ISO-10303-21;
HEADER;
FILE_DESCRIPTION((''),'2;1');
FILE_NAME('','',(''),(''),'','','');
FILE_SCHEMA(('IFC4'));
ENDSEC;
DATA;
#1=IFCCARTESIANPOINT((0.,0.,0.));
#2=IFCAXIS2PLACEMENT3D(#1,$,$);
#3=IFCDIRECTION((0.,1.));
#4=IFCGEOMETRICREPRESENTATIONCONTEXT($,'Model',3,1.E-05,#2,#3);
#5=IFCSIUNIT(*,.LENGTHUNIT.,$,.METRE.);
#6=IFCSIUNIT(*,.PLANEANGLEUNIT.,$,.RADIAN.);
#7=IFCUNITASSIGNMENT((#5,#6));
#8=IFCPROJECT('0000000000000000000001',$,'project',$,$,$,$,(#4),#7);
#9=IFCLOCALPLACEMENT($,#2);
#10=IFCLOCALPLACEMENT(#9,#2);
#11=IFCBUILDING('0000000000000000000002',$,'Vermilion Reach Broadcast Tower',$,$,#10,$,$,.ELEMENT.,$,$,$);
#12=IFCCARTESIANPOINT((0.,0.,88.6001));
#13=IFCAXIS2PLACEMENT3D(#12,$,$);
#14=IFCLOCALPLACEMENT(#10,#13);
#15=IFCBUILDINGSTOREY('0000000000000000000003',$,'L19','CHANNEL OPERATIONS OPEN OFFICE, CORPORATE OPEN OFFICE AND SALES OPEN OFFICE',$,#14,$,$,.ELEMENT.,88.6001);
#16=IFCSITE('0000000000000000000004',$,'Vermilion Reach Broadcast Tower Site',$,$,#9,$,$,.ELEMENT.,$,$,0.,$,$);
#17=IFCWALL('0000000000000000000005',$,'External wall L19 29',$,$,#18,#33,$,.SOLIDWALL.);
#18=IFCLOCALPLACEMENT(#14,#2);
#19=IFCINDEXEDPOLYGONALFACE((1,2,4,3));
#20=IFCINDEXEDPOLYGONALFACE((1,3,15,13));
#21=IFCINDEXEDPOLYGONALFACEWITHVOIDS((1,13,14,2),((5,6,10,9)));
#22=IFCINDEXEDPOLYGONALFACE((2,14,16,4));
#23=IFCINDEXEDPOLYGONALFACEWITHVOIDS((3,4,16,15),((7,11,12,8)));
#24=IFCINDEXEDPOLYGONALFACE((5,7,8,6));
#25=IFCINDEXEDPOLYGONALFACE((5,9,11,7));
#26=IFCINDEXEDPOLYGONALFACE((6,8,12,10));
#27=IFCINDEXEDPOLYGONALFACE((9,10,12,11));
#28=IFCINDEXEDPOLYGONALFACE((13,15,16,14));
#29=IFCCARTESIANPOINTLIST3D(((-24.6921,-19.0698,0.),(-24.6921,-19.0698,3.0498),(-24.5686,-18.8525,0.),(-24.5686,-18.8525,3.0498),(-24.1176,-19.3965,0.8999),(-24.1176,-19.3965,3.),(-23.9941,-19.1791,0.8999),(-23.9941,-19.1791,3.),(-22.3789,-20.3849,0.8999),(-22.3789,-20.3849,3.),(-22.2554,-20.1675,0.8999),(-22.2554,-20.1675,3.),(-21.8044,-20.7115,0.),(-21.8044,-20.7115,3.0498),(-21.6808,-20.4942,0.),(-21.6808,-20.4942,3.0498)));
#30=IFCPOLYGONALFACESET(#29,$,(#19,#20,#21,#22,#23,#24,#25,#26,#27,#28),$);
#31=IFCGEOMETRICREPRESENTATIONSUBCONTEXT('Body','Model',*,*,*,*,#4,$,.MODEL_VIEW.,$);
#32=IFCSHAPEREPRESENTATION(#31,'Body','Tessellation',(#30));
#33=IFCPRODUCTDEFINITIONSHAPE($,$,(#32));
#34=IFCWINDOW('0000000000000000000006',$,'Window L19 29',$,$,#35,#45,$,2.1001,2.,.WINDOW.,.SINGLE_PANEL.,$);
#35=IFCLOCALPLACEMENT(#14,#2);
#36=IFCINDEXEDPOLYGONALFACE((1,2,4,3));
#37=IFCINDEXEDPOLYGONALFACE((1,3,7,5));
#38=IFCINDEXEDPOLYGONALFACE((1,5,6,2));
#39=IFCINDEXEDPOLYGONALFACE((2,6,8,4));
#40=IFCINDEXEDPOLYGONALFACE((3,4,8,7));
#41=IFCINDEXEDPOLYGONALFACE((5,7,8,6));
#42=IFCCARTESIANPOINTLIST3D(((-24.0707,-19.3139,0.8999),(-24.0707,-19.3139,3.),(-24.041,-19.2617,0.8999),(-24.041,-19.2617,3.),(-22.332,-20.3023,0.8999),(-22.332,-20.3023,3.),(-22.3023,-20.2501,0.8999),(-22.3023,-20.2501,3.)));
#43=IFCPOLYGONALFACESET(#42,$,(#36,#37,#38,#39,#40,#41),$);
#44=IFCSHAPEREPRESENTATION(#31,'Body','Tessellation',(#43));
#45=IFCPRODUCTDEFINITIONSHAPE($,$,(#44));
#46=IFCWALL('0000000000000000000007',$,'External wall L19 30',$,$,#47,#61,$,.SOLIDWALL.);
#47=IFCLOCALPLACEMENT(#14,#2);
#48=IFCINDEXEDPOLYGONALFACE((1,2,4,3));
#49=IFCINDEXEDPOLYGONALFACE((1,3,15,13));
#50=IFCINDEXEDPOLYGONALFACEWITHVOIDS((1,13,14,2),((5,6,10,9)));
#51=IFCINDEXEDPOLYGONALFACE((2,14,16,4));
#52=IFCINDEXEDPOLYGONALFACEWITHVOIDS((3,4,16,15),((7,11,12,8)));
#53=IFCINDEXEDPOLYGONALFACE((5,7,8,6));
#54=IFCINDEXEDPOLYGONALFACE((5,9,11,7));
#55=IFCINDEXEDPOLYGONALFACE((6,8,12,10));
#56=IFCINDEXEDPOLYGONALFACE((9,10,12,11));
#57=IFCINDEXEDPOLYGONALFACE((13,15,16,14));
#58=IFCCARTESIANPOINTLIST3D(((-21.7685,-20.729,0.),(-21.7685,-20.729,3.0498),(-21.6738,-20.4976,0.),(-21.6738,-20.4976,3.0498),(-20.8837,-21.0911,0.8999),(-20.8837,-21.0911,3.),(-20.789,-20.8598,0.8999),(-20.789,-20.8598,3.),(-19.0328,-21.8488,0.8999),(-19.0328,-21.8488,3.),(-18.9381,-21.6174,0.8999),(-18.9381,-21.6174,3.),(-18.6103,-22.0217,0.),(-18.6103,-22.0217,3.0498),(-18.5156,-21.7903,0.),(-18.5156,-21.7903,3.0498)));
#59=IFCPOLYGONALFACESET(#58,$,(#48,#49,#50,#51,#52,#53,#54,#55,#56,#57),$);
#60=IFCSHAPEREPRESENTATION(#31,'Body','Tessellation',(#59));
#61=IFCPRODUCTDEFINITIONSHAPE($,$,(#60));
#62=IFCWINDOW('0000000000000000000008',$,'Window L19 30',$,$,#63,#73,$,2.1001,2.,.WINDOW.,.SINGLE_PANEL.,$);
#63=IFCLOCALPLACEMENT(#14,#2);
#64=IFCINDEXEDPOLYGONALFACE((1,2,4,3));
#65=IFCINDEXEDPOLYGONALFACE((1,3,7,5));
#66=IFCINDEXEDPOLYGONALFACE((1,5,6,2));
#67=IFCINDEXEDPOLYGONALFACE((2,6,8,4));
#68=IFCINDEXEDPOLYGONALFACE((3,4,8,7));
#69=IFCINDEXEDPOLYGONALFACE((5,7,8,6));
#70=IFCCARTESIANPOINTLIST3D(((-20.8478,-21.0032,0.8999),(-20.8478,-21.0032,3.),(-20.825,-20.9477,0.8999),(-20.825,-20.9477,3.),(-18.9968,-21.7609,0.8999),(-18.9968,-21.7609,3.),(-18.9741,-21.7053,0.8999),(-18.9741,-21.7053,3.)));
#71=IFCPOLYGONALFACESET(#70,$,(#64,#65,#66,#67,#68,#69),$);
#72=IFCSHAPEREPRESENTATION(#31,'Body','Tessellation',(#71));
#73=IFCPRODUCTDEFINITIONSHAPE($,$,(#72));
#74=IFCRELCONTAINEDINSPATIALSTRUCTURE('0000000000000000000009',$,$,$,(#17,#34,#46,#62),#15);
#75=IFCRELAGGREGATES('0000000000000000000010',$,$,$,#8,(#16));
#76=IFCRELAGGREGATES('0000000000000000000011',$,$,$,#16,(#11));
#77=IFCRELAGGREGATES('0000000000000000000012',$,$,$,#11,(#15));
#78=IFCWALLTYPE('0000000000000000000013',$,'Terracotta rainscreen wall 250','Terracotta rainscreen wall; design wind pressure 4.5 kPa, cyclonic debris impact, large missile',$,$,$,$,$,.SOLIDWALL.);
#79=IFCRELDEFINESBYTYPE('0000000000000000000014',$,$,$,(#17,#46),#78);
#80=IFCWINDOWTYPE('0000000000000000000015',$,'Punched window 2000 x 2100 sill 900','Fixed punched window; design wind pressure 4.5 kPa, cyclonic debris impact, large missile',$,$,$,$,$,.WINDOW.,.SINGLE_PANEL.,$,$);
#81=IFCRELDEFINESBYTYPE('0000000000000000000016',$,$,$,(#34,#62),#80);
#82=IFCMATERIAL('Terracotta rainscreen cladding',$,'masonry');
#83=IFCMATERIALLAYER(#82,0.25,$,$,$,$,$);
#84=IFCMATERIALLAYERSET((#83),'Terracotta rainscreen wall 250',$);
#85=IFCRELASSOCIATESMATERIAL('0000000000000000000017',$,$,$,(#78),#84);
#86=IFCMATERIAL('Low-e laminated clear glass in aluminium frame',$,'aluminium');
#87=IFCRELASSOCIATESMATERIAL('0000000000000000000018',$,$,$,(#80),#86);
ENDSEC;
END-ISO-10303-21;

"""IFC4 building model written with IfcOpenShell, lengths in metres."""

from ifc_helpers import new_model, si_unit, direction, frame, frame_2d, origin, place, context, subcontext, project, spatial, rectangle, extrude, material, layer, layer_set, type_object, element, fill, save


model = new_model("IFC4")

# Units and contexts
model_context = context("Model", 3, precision=1e-05, world=origin(), true_north=direction((0.0, 1.0)))
body_context = subcontext(model_context, "Body", "Model", "MODEL_VIEW")
ifc_project = project(units=[si_unit("LENGTHUNIT", "METRE"), si_unit("PLANEANGLEUNIT", "RADIAN")], contexts=[model_context])

# Site, building, storey
site_placement = place(None, origin())
site = spatial("IfcSite", under=ifc_project, at=site_placement, Name="Vermilion Reach Broadcast Tower Site", CompositionType="ELEMENT", RefElevation=0.0)
building_placement = place(site_placement, origin())
building = spatial("IfcBuilding", under=site, at=building_placement, Name="Vermilion Reach Broadcast Tower", CompositionType="ELEMENT")
storey_placement = place(building_placement, frame((0.0, 0.0, 88.6001)))
storey = spatial("IfcBuildingStorey", under=building, at=storey_placement, Name="L19", Description="CHANNEL OPERATIONS OPEN OFFICE, CORPORATE OPEN OFFICE AND SALES OPEN OFFICE", CompositionType="ELEMENT", Elevation=88.6001)

# Shared definitions
ifc_material_1 = material(Name="Terracotta rainscreen cladding", Category="masonry")
ifc_layer_1 = layer(ifc_material_1, 0.25)
ifc_layer_set_1 = layer_set([ifc_layer_1], Name="Terracotta rainscreen wall 250")
wall_type = type_object("IfcWallType", Name="Terracotta rainscreen wall 250", Description="Terracotta rainscreen wall; design wind pressure 4.5 kPa, cyclonic debris impact, large missile", PredefinedType="SOLIDWALL", material=ifc_layer_set_1)

# Shared definitions
ifc_material_2 = material(Name="Low-e laminated clear glass in aluminium frame", Category="aluminium")
window_type = type_object("IfcWindowType", Name="Punched window 2000 x 2100 sill 900", Description="Fixed punched window; design wind pressure 4.5 kPa, cyclonic debris impact, large missile", PartitioningType="SINGLE_PANEL", PredefinedType="WINDOW", material=ifc_material_2)

# Walls, openings, windows
wall_1_placement = place(storey_placement, frame((-24.6304, -18.9612, 0.0), z_axis=(0.0, 0.0, 1.0), x_axis=(0.869345, -0.494206, 0.0)))
wall_1 = element("IfcWall", 1, at=wall_1_placement, inside=storey, type_object=wall_type, Name="External wall L19 29", PredefinedType="SOLIDWALL", context=body_context, shape_type="SweptSolid", body=[
    extrude(rectangle(XDim=3.3218, YDim=0.25, at=frame_2d((1.6609, 0.0))), origin(), (0.0, 0.0, 1.0), 3.0498),
])
opening_1_placement = place(wall_1_placement, frame((0.6609, 0.0, 0.8999)))
opening_1 = element("IfcOpeningElement", 2, at=opening_1_placement, cuts=wall_1, PredefinedType="OPENING", context=body_context, shape_type="SweptSolid", body=[
    extrude(rectangle(XDim=2.0, YDim=2.1001, at=frame_2d((1.0, 1.05))), frame((0.0, 0.135, 0.0), z_axis=(0.0, -1.0, 0.0), x_axis=(1.0, 0.0, 0.0)), (0.0, 0.0, 1.0), 0.27),
])
window_1_placement = place(opening_1_placement, origin())
window_1 = element("IfcWindow", 3, at=window_1_placement, inside=storey, type_object=window_type, Name="Window L19 29", OverallHeight=2.1001, OverallWidth=2.0, PartitioningType="SINGLE_PANEL", PredefinedType="WINDOW", context=body_context, shape_type="SweptSolid", body=[
    extrude(rectangle(XDim=2.0, YDim=2.1001, at=frame_2d((1.0, 1.05))), frame((0.0, 0.03, 0.0), z_axis=(0.0, -1.0, 0.0), x_axis=(1.0, 0.0, 0.0)), (0.0, 0.0, 1.0), 0.0601),
])
fill(opening_1, window_1)
wall_2_placement = place(storey_placement, frame((-21.7212, -20.6133, 0.0), z_axis=(0.0, 0.0, 1.0), x_axis=(0.925472, -0.378817, 0.0)))
wall_2 = element("IfcWall", 4, at=wall_2_placement, inside=storey, type_object=wall_type, Name="External wall L19 30", PredefinedType="SOLIDWALL", context=body_context, shape_type="SweptSolid", body=[
    extrude(rectangle(XDim=3.4126, YDim=0.25, at=frame_2d((1.7063, 0.0))), origin(), (0.0, 0.0, 1.0), 3.0498),
])
opening_2_placement = place(wall_2_placement, frame((0.9561, 0.0, 0.8999)))
opening_2 = element("IfcOpeningElement", 5, at=opening_2_placement, cuts=wall_2, PredefinedType="OPENING", context=body_context, shape_type="SweptSolid", body=[
    extrude(rectangle(XDim=2.0, YDim=2.1001, at=frame_2d((1.0, 1.05))), frame((0.0, 0.135, 0.0), z_axis=(0.0, -1.0, 0.0), x_axis=(1.0, 0.0, 0.0)), (0.0, 0.0, 1.0), 0.27),
])
window_2_placement = place(opening_2_placement, origin())
window_2 = element("IfcWindow", 6, at=window_2_placement, inside=storey, type_object=window_type, Name="Window L19 30", OverallHeight=2.1001, OverallWidth=2.0, PartitioningType="SINGLE_PANEL", PredefinedType="WINDOW", context=body_context, shape_type="SweptSolid", body=[
    extrude(rectangle(XDim=2.0, YDim=2.1001, at=frame_2d((1.0, 1.05))), frame((0.0, 0.03, 0.0), z_axis=(0.0, -1.0, 0.0), x_axis=(1.0, 0.0, 0.0)), (0.0, 0.0, 1.0), 0.0601),
])
fill(opening_2, window_2)

save(model, "model.ifc")
